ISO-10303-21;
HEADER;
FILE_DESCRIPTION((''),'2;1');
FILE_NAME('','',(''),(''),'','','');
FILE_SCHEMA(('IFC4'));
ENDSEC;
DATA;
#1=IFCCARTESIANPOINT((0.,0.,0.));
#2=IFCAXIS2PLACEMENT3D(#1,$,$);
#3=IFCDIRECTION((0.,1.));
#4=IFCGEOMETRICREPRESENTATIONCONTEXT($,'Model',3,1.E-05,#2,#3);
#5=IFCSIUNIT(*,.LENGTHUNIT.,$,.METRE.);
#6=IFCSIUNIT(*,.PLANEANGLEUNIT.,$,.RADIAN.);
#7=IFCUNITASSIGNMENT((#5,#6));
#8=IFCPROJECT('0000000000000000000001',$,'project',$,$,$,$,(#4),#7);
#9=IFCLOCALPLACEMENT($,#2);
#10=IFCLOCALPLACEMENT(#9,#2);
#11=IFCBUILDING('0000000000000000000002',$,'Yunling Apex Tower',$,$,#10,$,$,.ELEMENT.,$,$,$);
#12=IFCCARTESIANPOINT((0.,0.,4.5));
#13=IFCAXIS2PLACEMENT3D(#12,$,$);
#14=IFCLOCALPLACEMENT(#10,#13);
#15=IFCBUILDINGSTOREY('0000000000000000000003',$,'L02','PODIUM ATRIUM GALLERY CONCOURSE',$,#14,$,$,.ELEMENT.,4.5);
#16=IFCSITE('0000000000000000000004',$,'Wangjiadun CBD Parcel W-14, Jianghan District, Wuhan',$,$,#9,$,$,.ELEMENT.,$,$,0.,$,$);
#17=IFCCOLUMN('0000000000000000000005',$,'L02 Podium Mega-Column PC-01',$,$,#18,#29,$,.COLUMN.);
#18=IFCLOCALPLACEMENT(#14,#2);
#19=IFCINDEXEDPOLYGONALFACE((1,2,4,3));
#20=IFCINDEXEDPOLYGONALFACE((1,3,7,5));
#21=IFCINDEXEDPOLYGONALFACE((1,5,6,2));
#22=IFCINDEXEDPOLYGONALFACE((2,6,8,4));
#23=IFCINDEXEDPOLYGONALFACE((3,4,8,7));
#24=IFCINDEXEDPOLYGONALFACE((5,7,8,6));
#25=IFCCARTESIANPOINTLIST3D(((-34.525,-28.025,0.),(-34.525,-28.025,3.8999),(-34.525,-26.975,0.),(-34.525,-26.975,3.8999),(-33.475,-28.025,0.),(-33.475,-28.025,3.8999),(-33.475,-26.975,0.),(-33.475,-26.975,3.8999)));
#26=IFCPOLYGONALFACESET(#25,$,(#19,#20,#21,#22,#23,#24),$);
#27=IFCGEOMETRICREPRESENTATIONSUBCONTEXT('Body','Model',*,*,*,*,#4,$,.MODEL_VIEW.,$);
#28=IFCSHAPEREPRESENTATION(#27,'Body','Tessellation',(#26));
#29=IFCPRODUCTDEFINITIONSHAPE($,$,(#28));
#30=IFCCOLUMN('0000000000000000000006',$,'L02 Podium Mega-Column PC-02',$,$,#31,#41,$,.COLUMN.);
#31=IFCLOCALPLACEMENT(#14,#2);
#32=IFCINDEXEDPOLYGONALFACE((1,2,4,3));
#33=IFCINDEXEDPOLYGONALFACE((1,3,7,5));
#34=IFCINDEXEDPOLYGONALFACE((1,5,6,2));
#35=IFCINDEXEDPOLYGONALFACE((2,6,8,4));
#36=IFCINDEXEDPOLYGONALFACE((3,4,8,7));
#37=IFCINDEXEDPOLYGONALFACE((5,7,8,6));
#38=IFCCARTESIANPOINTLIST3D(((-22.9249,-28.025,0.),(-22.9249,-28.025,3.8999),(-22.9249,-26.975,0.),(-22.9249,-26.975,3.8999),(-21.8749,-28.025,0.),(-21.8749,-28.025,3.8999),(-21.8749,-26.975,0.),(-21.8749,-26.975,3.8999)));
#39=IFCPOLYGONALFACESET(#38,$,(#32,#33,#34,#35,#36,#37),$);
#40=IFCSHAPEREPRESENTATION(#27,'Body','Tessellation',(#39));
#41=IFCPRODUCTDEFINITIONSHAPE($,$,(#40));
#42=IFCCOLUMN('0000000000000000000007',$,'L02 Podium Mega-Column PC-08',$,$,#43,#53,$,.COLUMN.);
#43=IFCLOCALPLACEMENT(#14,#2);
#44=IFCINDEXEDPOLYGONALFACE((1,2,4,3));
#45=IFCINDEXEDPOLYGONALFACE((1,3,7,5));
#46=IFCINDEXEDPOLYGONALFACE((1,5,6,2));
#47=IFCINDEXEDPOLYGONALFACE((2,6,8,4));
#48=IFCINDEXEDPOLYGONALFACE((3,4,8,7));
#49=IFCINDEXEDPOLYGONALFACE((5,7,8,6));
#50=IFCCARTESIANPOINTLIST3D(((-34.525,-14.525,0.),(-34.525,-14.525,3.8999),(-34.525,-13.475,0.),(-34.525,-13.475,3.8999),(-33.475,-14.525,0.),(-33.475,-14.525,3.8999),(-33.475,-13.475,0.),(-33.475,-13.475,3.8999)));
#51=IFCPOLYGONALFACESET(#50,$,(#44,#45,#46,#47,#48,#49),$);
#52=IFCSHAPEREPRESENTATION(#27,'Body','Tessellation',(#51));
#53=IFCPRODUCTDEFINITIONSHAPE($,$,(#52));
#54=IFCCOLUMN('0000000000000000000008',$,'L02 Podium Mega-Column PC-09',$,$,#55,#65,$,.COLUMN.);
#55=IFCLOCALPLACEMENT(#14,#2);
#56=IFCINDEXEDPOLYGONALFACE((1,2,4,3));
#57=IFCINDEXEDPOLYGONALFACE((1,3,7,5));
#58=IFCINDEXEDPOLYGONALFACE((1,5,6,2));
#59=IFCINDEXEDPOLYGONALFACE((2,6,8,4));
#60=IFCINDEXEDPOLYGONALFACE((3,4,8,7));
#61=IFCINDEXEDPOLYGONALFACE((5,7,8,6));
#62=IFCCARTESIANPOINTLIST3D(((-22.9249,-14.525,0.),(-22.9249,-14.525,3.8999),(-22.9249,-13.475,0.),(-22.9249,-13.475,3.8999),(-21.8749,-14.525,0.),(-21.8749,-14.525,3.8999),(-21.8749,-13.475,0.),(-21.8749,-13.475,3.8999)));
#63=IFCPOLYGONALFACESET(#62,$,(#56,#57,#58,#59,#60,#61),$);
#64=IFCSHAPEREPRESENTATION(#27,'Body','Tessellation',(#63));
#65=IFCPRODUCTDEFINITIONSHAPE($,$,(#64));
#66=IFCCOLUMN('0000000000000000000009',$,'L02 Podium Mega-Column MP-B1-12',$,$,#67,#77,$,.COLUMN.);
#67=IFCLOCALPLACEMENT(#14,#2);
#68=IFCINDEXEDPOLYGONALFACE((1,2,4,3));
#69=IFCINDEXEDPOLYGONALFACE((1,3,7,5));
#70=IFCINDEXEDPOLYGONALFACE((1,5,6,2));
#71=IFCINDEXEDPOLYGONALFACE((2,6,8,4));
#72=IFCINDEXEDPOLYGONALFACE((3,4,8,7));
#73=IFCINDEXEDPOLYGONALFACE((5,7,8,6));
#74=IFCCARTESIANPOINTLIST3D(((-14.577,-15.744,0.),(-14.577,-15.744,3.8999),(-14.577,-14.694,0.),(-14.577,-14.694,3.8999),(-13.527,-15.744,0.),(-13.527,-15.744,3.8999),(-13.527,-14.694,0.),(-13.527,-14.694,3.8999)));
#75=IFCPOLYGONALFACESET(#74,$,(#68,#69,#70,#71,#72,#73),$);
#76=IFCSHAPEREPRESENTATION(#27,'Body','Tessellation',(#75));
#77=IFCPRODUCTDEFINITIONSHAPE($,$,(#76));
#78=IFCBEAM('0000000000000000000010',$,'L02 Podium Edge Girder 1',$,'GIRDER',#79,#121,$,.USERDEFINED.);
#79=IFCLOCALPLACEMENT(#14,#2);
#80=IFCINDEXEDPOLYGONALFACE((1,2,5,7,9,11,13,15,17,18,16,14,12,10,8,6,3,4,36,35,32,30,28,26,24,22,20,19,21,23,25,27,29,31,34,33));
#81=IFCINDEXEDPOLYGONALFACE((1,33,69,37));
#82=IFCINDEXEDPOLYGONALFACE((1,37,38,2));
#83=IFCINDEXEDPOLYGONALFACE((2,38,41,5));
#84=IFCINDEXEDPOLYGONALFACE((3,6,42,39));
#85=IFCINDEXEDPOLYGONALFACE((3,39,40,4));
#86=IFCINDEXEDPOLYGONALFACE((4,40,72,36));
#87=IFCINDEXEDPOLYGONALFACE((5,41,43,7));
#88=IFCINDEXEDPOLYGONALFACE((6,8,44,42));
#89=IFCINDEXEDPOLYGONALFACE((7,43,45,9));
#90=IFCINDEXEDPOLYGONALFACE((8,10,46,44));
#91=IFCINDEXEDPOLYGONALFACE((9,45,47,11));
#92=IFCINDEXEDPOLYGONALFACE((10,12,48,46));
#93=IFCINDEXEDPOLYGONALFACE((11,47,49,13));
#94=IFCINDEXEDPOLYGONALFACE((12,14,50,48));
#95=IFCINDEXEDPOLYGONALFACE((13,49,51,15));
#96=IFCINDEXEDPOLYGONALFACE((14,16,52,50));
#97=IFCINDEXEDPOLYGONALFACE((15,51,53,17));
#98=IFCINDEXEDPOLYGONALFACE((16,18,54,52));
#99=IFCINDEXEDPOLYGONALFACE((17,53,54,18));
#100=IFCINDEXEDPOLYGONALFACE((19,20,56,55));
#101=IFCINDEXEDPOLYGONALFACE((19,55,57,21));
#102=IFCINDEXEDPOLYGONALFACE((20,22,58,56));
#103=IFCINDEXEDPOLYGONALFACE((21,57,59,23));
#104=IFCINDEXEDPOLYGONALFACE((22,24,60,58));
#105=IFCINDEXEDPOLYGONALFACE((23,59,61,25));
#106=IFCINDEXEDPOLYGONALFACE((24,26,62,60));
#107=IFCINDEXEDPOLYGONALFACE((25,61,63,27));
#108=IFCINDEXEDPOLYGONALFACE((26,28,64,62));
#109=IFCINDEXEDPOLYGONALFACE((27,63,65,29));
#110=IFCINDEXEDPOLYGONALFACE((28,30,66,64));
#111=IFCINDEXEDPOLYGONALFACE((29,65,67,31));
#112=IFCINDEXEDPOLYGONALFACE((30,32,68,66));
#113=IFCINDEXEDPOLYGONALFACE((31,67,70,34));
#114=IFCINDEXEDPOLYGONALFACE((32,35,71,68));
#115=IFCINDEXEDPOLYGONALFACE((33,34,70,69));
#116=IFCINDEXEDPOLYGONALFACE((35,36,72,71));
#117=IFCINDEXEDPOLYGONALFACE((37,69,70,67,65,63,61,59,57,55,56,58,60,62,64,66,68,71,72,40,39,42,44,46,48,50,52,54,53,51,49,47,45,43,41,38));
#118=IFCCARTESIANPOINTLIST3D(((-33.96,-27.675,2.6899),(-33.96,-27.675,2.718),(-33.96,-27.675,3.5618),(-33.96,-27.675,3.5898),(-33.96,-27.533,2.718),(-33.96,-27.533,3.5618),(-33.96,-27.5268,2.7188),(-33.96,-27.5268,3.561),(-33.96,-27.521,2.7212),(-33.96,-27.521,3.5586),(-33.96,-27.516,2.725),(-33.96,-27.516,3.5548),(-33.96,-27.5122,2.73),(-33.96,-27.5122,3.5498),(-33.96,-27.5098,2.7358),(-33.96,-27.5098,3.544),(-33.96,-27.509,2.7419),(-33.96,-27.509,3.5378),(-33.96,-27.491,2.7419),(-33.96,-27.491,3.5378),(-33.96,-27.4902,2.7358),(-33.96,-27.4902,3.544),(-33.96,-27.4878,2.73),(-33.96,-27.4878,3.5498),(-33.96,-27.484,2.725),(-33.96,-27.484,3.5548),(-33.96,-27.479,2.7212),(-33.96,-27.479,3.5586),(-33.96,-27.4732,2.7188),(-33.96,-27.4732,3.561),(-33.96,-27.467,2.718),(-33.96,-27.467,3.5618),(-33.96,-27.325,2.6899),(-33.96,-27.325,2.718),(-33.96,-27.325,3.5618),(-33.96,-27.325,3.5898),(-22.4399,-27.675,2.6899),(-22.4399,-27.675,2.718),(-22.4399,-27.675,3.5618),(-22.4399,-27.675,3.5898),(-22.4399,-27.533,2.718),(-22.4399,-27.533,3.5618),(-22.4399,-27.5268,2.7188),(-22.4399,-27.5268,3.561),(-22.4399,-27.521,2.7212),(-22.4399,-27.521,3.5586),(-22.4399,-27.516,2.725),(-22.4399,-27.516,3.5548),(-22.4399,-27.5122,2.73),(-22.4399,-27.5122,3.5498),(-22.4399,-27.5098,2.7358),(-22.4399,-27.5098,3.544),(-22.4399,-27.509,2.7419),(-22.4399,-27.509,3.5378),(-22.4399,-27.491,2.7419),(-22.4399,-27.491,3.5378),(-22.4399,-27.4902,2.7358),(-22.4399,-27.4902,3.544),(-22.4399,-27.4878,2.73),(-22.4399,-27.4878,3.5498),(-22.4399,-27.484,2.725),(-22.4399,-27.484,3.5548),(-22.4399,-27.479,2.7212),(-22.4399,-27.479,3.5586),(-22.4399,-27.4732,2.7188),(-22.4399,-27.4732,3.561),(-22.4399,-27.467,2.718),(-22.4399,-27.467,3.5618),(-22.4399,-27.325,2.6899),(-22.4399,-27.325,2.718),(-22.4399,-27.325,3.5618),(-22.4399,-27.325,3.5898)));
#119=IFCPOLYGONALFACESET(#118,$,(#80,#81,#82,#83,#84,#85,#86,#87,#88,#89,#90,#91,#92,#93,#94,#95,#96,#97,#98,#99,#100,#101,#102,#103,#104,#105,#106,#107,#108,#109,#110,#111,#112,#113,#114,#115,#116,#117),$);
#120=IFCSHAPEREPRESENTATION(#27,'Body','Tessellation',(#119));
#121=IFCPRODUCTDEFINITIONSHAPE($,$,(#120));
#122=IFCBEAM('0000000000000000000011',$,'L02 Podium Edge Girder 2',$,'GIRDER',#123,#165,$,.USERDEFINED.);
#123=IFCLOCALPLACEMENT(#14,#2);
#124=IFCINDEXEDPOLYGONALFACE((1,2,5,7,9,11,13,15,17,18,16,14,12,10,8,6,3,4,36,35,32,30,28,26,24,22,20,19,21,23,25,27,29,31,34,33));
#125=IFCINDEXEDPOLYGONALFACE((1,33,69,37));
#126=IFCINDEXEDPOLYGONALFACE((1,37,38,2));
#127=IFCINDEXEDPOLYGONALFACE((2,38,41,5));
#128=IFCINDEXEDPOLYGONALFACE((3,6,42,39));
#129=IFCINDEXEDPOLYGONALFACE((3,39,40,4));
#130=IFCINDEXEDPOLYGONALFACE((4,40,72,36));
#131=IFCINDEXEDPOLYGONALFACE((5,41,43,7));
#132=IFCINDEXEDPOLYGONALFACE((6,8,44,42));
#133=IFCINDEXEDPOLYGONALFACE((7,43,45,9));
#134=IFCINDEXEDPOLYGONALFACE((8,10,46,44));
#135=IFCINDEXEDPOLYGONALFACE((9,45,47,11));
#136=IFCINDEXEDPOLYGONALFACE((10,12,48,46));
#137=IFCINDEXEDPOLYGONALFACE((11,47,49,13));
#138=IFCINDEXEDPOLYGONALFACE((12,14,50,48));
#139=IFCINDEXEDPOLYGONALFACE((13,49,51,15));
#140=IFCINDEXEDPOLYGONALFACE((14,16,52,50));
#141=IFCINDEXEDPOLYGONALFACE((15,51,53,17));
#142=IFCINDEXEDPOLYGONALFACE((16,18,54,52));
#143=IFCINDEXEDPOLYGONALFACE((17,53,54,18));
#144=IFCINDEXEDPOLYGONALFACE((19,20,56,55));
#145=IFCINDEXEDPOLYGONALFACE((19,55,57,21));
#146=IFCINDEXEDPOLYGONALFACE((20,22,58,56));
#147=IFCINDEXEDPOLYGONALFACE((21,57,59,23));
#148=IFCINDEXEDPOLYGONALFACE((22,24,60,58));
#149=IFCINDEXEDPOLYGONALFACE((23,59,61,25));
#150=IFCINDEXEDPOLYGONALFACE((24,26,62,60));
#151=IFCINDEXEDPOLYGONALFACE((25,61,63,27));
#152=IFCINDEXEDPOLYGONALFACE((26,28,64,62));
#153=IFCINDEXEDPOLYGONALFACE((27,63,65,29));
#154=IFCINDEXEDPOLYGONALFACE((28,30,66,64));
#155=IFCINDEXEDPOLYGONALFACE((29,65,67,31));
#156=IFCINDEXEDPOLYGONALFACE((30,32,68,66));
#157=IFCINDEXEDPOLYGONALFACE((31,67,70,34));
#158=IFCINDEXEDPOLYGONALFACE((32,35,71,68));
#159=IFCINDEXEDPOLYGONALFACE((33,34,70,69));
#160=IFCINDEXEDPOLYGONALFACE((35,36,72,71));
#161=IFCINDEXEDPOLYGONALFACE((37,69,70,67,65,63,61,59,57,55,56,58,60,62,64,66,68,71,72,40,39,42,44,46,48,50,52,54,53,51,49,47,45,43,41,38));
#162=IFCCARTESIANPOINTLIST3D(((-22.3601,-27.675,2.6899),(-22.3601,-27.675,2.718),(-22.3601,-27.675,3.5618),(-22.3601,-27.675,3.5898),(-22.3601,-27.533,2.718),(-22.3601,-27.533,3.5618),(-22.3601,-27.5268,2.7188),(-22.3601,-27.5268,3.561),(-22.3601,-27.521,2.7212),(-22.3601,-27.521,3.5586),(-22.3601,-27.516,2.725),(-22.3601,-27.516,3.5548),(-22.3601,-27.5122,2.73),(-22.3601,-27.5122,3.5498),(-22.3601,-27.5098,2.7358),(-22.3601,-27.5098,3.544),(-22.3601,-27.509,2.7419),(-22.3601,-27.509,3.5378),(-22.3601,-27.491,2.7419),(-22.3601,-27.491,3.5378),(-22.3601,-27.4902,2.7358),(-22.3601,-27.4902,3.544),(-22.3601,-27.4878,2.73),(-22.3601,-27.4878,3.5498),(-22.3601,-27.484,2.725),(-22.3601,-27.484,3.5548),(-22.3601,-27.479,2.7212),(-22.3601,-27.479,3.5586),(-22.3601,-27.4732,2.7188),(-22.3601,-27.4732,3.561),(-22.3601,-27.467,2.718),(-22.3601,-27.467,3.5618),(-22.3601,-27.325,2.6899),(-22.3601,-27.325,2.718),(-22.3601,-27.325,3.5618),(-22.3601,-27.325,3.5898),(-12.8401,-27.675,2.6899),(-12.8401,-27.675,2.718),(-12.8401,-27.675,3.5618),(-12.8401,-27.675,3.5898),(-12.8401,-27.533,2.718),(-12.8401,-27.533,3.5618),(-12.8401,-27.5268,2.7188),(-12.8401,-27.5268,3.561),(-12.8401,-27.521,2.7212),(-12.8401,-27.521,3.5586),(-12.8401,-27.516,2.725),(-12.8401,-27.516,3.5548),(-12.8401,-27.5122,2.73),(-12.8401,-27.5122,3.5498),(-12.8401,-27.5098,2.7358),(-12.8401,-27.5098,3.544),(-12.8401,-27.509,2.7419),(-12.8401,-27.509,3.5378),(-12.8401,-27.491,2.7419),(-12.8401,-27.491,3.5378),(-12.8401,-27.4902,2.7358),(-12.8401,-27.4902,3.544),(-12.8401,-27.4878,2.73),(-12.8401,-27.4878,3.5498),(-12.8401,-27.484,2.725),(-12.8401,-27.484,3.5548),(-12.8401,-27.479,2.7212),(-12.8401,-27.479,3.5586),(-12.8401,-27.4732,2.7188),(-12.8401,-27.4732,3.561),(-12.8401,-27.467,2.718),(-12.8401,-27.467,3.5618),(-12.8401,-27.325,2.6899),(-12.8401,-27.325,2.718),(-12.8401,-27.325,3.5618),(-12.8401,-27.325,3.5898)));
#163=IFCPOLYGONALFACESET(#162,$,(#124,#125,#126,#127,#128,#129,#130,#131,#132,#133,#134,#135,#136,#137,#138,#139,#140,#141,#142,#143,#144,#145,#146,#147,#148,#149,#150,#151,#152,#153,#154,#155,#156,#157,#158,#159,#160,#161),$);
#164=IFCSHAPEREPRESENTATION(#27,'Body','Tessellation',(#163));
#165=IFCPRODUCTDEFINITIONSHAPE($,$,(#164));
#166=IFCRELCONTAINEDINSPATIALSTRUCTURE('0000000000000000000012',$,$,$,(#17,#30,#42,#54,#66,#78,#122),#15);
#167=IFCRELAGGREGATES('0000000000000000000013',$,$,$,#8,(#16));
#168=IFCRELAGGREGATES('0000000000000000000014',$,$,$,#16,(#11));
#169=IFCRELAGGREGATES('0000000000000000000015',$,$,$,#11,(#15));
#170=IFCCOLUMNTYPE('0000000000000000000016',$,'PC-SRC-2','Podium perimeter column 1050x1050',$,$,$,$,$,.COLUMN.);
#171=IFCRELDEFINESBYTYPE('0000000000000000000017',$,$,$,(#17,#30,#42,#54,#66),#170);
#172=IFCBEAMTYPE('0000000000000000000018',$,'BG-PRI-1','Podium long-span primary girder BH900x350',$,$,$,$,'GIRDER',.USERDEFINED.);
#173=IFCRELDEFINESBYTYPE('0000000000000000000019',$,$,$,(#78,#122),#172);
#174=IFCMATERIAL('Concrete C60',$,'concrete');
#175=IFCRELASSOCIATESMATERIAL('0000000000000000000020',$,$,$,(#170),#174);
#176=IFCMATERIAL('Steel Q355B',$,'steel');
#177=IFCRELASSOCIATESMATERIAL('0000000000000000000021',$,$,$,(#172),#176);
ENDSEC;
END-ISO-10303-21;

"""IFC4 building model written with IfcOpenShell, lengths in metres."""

from ifc_helpers import new_model, si_unit, direction, frame, origin, origin_2d, place, context, subcontext, project, spatial, rectangle, i_section, extrude, source, transform, mapped, material, material_profile, profile_set, type_object, element, save


model = new_model("IFC4")

# Units and contexts
model_context = context("Model", 3, precision=1e-05, world=origin(), true_north=direction((0.0, 1.0)))
body_context = subcontext(model_context, "Body", "Model", "MODEL_VIEW")
ifc_project = project(units=[si_unit("LENGTHUNIT", "METRE"), si_unit("PLANEANGLEUNIT", "RADIAN")], contexts=[model_context])

# Site, building, storey
site_placement = place(None, origin())
site = spatial("IfcSite", under=ifc_project, at=site_placement, Name="Wangjiadun CBD Parcel W-14, Jianghan District, Wuhan", CompositionType="ELEMENT", RefElevation=0.0)
building_placement = place(site_placement, origin())
building = spatial("IfcBuilding", under=site, at=building_placement, Name="Yunling Apex Tower", CompositionType="ELEMENT")
storey_placement = place(building_placement, frame((0.0, 0.0, 4.5)))
storey = spatial("IfcBuildingStorey", under=building, at=storey_placement, Name="L02", Description="PODIUM ATRIUM GALLERY CONCOURSE", CompositionType="ELEMENT", Elevation=4.5)

# Columns
ifc_material_1 = material(Name="Concrete C60", Category="concrete")
ifc_material_profile_1 = material_profile(ifc_material_1, rectangle(XDim=1.05, YDim=1.05, at=origin_2d()))
ifc_profile_set_1 = profile_set([ifc_material_profile_1], Name="Concrete C60")
column_type = type_object("IfcColumnType", Name="PC-SRC-2", Description="Podium perimeter column 1050x1050", PredefinedType="COLUMN", material=ifc_profile_set_1)
shared_shape_1 = source(origin(), body_context, "Body", "SweptSolid", [
    extrude(rectangle(XDim=1.05, YDim=1.05, at=origin_2d()), origin(), (0.0, 0.0, 1.0), 3.8999),
])
for number, where, z_axis, x_axis, name in (
    (1, (-34.0, -27.5, 0.0), (0.0, 0.0, 1.0), (1.0, 0.0, 0.0), "L02 Podium Mega-Column PC-01"),
    (2, (-22.3999, -27.5, 0.0), (0.0, 0.0, 1.0), (1.0, 0.0, 0.0), "L02 Podium Mega-Column PC-02"),
    (3, (-34.0, -14.0, 0.0), (0.0, 0.0, 1.0), (1.0, 0.0, 0.0), "L02 Podium Mega-Column PC-08"),
    (4, (-22.3999, -14.0, 0.0), (0.0, 0.0, 1.0), (1.0, 0.0, 0.0), "L02 Podium Mega-Column PC-09"),
    (5, (-14.052, -15.219, 0.0), (0.0, 0.0, 1.0), (1.0, 0.0, 0.0), "L02 Podium Mega-Column MP-B1-12"),
):
    element("IfcColumn", number, at=place(storey_placement, frame(where, z_axis=z_axis, x_axis=x_axis)), inside=storey, type_object=column_type, Name=name, PredefinedType="COLUMN", context=body_context, shape_type="MappedRepresentation", body=[
        mapped(shared_shape_1, transform((0.0, 0.0, 0.0), scale=1.0)),
    ])

# Beams
ifc_material_2 = material(Name="Steel Q355B", Category="steel")
ifc_material_profile_2 = material_profile(ifc_material_2, i_section(OverallWidth=0.3501, OverallDepth=0.8999, WebThickness=0.0181, FlangeThickness=0.0281, FilletRadius=0.0239, at=origin_2d()))
ifc_profile_set_2 = profile_set([ifc_material_profile_2], Name="Steel Q355B")
beam_type_1 = type_object("IfcBeamType", Name="BG-PRI-1", Description="Podium long-span primary girder BH900x350", ElementType="GIRDER", PredefinedType="USERDEFINED", material=ifc_profile_set_2)
shared_shape_2 = source(origin(), body_context, "Body", "SweptSolid", [
    extrude(i_section(OverallWidth=0.3501, OverallDepth=0.8999, WebThickness=0.0181, FlangeThickness=0.0281, FilletRadius=0.0239, at=origin_2d()), origin(), (0.0, 0.0, 1.0), 11.52),
])
beam_1_placement = place(storey_placement, frame((-33.96, -27.5, 3.1399), z_axis=(1.0, 0.0, 0.0), x_axis=(0.0, 1.0, 0.0)))
element("IfcBeam", 6, at=beam_1_placement, inside=storey, type_object=beam_type_1, Name="L02 Podium Edge Girder 1", ObjectType="GIRDER", PredefinedType="USERDEFINED", context=body_context, shape_type="MappedRepresentation", body=[
    mapped(shared_shape_2, transform((0.0, 0.0, 0.0), scale=1.0)),
])
shared_shape_3 = source(origin(), body_context, "Body", "SweptSolid", [
    extrude(i_section(OverallWidth=0.3501, OverallDepth=0.8999, WebThickness=0.0181, FlangeThickness=0.0281, FilletRadius=0.0239, at=origin_2d()), origin(), (0.0, 0.0, 1.0), 9.52),
])
beam_2_placement = place(storey_placement, frame((-22.3601, -27.5, 3.1399), z_axis=(1.0, 0.0, 0.0), x_axis=(0.0, 1.0, 0.0)))
element("IfcBeam", 7, at=beam_2_placement, inside=storey, type_object=beam_type_1, Name="L02 Podium Edge Girder 2", ObjectType="GIRDER", PredefinedType="USERDEFINED", context=body_context, shape_type="MappedRepresentation", body=[
    mapped(shared_shape_3, transform((0.0, 0.0, 0.0), scale=1.0)),
])

save(model, "model.ifc")
